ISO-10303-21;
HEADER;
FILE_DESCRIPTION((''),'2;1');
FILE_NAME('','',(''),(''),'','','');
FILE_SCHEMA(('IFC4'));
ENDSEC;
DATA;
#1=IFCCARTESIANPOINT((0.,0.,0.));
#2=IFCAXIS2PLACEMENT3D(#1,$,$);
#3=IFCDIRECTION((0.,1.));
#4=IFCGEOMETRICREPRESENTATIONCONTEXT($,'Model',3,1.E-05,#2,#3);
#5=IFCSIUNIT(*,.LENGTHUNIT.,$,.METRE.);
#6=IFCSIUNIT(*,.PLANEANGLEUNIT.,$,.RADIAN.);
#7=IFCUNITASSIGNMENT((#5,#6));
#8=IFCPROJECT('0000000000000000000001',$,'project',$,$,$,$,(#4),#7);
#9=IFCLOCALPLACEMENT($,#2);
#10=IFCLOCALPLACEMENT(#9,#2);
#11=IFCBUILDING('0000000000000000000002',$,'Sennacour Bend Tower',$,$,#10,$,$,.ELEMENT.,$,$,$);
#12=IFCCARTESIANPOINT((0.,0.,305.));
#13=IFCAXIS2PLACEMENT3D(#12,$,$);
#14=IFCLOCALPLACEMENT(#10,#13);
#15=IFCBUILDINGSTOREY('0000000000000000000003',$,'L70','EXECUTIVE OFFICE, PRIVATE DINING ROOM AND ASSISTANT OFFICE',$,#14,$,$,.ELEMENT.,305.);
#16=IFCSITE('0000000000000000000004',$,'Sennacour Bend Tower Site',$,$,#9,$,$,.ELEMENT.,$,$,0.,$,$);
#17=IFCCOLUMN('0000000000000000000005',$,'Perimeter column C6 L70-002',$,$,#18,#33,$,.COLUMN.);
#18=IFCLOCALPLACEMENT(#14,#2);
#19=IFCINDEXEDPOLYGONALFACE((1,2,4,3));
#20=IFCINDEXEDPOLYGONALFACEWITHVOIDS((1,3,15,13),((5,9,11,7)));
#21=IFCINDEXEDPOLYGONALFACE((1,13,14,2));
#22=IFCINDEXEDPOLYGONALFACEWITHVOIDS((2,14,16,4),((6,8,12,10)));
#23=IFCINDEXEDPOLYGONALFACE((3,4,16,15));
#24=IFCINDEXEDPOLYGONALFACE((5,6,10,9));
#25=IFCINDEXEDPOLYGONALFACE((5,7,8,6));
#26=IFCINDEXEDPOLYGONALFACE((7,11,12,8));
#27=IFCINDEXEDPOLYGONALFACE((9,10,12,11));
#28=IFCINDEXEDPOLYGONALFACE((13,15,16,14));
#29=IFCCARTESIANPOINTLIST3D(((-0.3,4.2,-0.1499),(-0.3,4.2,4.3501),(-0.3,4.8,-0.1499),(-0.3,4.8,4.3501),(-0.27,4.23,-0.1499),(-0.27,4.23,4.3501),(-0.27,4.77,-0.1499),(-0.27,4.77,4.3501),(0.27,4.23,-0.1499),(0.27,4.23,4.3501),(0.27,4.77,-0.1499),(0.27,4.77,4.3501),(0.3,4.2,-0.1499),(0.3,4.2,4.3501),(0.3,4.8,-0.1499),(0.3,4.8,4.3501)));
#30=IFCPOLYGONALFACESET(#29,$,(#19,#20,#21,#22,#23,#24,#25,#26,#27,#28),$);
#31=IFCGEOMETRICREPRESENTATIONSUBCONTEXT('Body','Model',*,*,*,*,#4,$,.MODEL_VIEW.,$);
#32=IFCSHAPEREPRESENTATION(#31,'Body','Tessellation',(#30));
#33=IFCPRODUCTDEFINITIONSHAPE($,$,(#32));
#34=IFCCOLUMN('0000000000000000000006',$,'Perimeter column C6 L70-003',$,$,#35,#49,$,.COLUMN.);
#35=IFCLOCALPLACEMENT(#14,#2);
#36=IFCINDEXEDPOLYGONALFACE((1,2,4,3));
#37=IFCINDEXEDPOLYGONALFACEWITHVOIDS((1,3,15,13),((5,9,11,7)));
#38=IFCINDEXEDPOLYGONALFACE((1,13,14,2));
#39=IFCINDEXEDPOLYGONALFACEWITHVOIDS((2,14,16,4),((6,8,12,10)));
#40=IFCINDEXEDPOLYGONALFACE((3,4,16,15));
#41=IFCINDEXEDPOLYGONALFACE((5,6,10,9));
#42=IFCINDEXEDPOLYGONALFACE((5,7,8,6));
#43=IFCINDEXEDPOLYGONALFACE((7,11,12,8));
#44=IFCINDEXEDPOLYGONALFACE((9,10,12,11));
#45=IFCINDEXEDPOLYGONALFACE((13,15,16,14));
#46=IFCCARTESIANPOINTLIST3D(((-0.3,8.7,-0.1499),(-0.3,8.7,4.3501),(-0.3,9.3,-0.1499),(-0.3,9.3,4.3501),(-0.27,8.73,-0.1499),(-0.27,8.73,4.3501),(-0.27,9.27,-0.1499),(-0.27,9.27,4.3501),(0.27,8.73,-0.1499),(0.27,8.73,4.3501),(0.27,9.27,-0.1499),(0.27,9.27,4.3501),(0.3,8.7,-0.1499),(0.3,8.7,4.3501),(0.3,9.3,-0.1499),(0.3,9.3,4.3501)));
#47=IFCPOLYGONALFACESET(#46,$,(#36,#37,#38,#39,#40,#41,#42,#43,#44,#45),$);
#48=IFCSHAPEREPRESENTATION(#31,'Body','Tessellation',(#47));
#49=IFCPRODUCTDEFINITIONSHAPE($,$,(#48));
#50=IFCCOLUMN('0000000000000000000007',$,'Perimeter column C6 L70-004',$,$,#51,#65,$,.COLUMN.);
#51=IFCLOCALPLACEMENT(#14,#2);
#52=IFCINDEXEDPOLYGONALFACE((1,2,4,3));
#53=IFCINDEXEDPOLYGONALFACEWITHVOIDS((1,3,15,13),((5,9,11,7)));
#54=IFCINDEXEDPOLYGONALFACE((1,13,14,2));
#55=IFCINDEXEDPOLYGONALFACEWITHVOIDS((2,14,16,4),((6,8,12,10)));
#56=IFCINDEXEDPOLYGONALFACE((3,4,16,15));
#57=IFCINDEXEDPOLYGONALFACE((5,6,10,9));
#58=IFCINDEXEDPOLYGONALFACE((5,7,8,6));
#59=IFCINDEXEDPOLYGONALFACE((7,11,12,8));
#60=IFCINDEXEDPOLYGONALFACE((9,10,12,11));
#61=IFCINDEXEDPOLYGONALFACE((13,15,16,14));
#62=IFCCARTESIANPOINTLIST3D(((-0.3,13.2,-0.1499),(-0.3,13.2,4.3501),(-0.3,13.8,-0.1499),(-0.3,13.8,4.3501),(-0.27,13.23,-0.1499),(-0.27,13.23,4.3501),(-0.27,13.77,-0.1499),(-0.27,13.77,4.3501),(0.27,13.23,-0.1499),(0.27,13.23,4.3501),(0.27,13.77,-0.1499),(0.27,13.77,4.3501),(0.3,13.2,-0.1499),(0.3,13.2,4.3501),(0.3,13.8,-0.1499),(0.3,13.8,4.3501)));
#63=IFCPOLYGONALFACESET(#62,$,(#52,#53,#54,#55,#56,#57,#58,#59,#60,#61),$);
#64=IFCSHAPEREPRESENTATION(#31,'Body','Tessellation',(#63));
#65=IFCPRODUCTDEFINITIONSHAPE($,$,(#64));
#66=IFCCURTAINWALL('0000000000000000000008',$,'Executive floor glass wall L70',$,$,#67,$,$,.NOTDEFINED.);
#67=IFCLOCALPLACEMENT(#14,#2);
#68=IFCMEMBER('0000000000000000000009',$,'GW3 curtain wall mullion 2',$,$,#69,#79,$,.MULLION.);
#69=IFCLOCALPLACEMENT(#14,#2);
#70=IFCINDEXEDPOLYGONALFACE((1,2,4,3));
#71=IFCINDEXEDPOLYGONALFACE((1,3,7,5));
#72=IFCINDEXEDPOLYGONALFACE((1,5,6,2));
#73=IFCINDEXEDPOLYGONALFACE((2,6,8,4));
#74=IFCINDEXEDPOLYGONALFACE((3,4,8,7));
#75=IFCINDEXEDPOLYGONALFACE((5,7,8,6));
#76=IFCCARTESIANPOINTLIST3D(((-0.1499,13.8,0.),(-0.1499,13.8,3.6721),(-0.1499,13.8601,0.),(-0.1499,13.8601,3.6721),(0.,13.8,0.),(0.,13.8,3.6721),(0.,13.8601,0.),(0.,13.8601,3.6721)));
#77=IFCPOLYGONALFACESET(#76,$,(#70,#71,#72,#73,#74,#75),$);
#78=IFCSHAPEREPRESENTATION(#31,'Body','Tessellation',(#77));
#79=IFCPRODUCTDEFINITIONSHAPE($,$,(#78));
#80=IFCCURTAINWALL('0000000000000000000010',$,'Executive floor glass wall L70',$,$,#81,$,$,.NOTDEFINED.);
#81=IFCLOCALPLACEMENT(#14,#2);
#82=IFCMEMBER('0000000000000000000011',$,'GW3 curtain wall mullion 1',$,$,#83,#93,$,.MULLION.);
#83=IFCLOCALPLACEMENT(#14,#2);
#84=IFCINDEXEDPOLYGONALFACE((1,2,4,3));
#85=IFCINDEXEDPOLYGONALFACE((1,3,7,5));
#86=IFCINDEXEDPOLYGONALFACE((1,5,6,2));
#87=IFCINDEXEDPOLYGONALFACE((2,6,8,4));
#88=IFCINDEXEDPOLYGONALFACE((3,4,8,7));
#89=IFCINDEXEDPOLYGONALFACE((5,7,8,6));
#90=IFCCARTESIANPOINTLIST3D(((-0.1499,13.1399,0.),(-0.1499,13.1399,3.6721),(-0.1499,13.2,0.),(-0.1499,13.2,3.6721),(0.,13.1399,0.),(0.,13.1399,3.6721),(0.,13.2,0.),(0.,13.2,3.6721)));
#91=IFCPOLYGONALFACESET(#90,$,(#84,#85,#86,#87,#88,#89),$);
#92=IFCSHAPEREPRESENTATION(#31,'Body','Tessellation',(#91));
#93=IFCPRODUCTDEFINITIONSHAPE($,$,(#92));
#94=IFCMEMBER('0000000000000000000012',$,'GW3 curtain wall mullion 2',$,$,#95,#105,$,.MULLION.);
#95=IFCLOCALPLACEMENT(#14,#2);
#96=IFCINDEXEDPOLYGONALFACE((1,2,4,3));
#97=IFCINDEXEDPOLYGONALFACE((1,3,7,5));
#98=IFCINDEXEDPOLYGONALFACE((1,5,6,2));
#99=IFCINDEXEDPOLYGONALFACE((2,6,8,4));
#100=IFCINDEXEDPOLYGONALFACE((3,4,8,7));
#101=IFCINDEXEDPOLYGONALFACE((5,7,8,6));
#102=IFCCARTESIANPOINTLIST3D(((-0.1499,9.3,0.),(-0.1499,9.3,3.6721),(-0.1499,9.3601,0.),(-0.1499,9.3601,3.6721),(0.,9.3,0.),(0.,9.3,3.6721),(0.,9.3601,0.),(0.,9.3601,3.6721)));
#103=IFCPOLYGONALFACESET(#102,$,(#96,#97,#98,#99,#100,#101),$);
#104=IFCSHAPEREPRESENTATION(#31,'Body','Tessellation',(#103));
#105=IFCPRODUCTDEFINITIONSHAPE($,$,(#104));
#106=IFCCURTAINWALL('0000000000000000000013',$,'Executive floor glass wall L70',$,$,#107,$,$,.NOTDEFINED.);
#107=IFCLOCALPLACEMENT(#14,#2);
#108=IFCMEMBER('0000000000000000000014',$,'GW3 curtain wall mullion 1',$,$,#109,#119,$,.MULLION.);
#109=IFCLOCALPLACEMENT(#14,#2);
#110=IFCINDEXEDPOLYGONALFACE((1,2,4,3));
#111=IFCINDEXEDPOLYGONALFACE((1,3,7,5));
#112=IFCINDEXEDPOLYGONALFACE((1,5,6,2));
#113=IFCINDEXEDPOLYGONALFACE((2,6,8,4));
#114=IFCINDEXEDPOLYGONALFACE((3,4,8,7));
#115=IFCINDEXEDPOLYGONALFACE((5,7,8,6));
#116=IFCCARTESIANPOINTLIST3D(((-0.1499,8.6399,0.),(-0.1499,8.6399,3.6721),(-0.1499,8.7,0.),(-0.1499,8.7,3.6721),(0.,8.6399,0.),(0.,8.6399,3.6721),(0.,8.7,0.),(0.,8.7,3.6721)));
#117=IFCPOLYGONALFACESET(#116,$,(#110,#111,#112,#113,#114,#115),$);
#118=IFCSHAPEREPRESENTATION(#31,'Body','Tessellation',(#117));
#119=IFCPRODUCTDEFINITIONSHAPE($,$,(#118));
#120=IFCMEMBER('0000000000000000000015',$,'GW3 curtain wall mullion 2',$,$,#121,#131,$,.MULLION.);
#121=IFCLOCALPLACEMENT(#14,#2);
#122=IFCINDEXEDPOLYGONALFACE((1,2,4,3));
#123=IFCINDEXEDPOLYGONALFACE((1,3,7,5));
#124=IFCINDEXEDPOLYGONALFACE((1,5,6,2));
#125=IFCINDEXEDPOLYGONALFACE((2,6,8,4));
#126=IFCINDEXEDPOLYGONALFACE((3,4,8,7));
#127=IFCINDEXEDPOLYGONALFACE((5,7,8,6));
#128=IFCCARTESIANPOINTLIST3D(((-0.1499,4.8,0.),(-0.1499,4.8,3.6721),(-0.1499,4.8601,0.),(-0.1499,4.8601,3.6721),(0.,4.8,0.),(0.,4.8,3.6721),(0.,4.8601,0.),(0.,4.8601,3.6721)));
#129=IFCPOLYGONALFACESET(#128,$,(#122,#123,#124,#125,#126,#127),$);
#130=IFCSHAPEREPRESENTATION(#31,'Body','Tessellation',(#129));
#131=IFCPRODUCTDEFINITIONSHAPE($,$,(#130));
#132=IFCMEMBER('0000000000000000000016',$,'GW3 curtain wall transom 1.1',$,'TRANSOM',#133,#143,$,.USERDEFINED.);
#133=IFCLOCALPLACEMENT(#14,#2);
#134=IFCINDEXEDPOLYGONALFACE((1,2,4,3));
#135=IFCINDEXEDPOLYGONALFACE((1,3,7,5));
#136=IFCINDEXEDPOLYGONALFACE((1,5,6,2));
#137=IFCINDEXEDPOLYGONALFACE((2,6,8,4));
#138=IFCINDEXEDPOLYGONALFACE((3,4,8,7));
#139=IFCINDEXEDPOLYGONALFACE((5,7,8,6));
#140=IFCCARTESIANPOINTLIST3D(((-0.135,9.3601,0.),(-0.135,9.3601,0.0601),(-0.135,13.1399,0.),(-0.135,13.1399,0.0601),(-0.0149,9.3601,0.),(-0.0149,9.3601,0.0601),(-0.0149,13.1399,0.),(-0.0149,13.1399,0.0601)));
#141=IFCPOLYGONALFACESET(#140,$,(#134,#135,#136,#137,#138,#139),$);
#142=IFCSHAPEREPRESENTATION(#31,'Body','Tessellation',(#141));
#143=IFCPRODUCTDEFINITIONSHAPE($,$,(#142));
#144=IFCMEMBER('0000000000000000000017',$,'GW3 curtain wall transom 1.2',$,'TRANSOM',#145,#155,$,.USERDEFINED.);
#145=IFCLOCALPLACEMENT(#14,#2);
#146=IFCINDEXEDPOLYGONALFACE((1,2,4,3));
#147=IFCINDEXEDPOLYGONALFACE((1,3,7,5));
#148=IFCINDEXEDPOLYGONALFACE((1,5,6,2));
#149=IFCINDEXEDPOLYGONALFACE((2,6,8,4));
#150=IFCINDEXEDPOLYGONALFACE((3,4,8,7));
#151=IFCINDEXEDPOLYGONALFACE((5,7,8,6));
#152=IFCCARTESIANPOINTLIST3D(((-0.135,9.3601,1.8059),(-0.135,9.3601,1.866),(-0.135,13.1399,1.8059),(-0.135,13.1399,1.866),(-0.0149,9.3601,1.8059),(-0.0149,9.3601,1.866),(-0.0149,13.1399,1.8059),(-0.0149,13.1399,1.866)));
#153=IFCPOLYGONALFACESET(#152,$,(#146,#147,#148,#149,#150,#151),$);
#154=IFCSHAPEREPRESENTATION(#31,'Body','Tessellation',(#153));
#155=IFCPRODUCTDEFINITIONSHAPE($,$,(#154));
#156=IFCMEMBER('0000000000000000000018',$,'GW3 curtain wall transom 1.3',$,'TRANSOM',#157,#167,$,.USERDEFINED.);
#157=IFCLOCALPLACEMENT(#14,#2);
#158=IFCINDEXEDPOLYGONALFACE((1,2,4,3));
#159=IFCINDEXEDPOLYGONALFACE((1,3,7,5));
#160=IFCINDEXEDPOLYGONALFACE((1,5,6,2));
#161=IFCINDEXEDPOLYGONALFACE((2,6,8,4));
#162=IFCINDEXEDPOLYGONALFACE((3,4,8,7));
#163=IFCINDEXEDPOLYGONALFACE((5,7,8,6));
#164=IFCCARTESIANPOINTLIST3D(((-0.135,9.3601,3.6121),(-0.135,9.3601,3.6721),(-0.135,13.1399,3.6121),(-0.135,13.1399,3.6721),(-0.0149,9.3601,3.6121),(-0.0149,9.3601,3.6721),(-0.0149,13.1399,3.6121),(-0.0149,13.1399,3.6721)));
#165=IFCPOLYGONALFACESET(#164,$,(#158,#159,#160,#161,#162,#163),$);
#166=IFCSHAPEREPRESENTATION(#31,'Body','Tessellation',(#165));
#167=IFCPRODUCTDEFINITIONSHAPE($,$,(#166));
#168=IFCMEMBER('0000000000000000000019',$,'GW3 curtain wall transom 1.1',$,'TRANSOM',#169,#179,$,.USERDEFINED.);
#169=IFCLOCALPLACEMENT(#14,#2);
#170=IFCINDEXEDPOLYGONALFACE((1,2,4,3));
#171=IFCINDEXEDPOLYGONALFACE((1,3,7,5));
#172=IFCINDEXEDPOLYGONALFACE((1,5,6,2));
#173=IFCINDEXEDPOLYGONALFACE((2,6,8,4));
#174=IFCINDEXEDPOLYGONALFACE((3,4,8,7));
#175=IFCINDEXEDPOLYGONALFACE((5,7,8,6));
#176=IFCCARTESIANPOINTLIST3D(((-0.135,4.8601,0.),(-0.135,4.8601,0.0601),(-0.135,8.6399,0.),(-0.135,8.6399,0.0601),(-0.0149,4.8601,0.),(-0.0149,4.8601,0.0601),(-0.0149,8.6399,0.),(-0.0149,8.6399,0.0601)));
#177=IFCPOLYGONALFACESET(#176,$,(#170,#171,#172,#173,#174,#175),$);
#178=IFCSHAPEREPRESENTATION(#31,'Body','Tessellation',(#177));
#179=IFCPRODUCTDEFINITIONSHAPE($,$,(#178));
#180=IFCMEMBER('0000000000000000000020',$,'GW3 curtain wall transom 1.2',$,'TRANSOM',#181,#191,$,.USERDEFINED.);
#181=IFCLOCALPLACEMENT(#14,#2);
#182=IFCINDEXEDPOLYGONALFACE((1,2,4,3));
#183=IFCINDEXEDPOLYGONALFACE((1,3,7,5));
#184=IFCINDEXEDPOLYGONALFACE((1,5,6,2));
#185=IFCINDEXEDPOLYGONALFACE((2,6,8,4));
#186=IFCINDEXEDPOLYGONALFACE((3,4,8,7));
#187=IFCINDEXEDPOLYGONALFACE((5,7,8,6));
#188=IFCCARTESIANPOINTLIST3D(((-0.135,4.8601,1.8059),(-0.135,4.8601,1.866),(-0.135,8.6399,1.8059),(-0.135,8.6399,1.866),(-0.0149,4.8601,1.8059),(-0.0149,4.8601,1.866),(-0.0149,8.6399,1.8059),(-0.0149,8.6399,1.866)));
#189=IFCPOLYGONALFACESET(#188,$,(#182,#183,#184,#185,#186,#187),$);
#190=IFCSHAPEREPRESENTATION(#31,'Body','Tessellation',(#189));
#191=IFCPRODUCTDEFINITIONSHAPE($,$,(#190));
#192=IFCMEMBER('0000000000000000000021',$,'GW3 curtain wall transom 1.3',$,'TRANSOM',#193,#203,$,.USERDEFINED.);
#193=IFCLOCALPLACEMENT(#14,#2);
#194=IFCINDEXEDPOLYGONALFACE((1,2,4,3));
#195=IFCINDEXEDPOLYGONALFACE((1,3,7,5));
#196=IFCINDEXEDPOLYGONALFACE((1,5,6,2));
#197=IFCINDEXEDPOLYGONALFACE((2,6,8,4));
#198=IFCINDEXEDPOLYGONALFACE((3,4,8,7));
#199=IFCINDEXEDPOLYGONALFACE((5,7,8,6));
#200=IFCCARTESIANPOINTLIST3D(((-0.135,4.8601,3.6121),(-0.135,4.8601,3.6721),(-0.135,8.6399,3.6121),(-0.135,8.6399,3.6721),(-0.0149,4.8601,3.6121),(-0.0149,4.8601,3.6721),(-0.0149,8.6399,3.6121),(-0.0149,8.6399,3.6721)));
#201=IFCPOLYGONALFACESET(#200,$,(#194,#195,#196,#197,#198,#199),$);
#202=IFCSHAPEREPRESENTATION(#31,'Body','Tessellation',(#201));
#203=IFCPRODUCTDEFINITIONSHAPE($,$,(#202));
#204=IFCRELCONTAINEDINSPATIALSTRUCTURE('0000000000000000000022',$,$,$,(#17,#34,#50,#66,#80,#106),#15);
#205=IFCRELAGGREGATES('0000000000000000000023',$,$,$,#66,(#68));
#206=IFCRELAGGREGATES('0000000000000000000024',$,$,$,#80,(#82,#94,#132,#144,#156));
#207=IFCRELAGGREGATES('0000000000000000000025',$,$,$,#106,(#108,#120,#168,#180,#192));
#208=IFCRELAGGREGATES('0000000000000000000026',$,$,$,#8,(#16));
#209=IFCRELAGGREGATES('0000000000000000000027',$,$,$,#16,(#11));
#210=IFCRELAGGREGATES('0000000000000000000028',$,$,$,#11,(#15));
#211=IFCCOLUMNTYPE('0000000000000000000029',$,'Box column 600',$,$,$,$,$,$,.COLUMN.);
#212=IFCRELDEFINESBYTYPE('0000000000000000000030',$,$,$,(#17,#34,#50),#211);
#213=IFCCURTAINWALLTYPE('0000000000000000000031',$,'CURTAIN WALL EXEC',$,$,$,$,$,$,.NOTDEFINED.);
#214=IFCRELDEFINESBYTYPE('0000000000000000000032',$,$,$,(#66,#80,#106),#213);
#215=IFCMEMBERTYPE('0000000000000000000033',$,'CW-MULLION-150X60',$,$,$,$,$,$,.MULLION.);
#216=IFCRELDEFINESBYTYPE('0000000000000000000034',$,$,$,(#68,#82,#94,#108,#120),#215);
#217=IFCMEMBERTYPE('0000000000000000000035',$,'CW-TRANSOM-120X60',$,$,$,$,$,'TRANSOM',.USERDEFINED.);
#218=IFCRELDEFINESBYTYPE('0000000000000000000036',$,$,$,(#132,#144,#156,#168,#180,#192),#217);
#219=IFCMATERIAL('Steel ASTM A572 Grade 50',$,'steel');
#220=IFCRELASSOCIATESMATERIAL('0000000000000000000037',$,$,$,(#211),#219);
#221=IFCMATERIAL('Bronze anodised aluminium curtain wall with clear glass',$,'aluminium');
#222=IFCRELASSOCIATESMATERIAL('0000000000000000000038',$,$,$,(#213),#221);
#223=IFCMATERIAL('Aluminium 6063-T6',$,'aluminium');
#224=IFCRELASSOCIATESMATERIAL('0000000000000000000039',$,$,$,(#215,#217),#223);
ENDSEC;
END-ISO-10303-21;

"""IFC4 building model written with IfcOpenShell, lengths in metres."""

from ifc_helpers import new_model, si_unit, direction, frame, origin, origin_2d, place, context, subcontext, project, spatial, rectangle, hollow_rectangle, extrude, material, material_profile, profile_set, type_object, element, aggregate, save


model = new_model("IFC4")

# Units and contexts
model_context = context("Model", 3, precision=1e-05, world=origin(), true_north=direction((0.0, 1.0)))
body_context = subcontext(model_context, "Body", "Model", "MODEL_VIEW")
ifc_project = project(units=[si_unit("LENGTHUNIT", "METRE"), si_unit("PLANEANGLEUNIT", "RADIAN")], contexts=[model_context])

# Site, building, storey
site_placement = place(None, origin())
site = spatial("IfcSite", under=ifc_project, at=site_placement, Name="Sennacour Bend Tower Site", CompositionType="ELEMENT", RefElevation=0.0)
building_placement = place(site_placement, origin())
building = spatial("IfcBuilding", under=site, at=building_placement, Name="Sennacour Bend Tower", CompositionType="ELEMENT")
storey_placement = place(building_placement, frame((0.0, 0.0, 305.0)))
storey = spatial("IfcBuildingStorey", under=building, at=storey_placement, Name="L70", Description="EXECUTIVE OFFICE, PRIVATE DINING ROOM AND ASSISTANT OFFICE", CompositionType="ELEMENT", Elevation=305.0)

# Columns
ifc_material_1 = material(Name="Steel ASTM A572 Grade 50", Category="steel")
ifc_material_profile_1 = material_profile(ifc_material_1, hollow_rectangle(XDim=0.6001, YDim=0.6001, WallThickness=0.03, at=origin_2d()), Name="Steel ASTM A572 Grade 50", Category="steel")
ifc_profile_set_1 = profile_set([ifc_material_profile_1], Name="Steel ASTM A572 Grade 50")
column_type = type_object("IfcColumnType", Name="Box column 600", PredefinedType="COLUMN", material=ifc_profile_set_1)
for number, where, z_axis, x_axis, name in (
    (1, (0.0, 4.5, -0.1499), (0.0, 0.0, 1.0), (1.0, 0.0, 0.0), "Perimeter column C6 L70-002"),
    (2, (0.0, 9.0, -0.1499), (0.0, 0.0, 1.0), (1.0, 0.0, 0.0), "Perimeter column C6 L70-003"),
    (3, (0.0, 13.5, -0.1499), (0.0, 0.0, 1.0), (1.0, 0.0, 0.0), "Perimeter column C6 L70-004"),
):
    element("IfcColumn", number, at=place(storey_placement, frame(where, z_axis=z_axis, x_axis=x_axis)), inside=storey, type_object=column_type, Name=name, PredefinedType="COLUMN", context=body_context, shape_type="SweptSolid", body=[
        extrude(hollow_rectangle(XDim=0.6001, YDim=0.6001, WallThickness=0.03, at=origin_2d()), origin(), (0.0, 0.0, 1.0), 4.5),
    ])

# Curtain wall, member
ifc_material_2 = material(Name="Bronze anodised aluminium curtain wall with clear glass", Category="aluminium")
curtain_wall_type = type_object("IfcCurtainWallType", Name="CURTAIN WALL EXEC", PredefinedType="NOTDEFINED", material=ifc_material_2)
curtain_wall_1_placement = place(storey_placement, origin())
curtain_wall_1 = element("IfcCurtainWall", 4, at=curtain_wall_1_placement, inside=storey, type_object=curtain_wall_type, Name="Executive floor glass wall L70", PredefinedType="NOTDEFINED")
ifc_material_3 = material(Name="Aluminium 6063-T6", Category="aluminium")
ifc_material_profile_2 = material_profile(ifc_material_3, rectangle(XDim=0.1499, YDim=0.0601, at=origin_2d()), Name="Aluminium 6063-T6", Category="aluminium")
ifc_profile_set_2 = profile_set([ifc_material_profile_2], Name="Aluminium 6063-T6")
member_type_1 = type_object("IfcMemberType", Name="CW-MULLION-150X60", PredefinedType="MULLION", material=ifc_profile_set_2)
member_1_placement = place(storey_placement, frame((-0.075, 13.8301, 0.0), z_axis=(0.0, 0.0, 1.0), x_axis=(1.0, 0.0, 0.0)))
member_1 = element("IfcMember", 5, at=member_1_placement, type_object=member_type_1, Name="GW3 curtain wall mullion 2", PredefinedType="MULLION", context=body_context, shape_type="SweptSolid", body=[
    extrude(rectangle(XDim=0.1499, YDim=0.0601, at=origin_2d()), origin(), (0.0, 0.0, 1.0), 3.6721),
])

# Curtain walls, members
curtain_wall_2_placement = place(storey_placement, origin())
curtain_wall_2 = element("IfcCurtainWall", 6, at=curtain_wall_2_placement, inside=storey, type_object=curtain_wall_type, Name="Executive floor glass wall L70", PredefinedType="NOTDEFINED")
member_2_placement = place(storey_placement, frame((-0.075, 13.1699, 0.0), z_axis=(0.0, 0.0, 1.0), x_axis=(1.0, 0.0, 0.0)))
member_2 = element("IfcMember", 7, at=member_2_placement, type_object=member_type_1, Name="GW3 curtain wall mullion 1", PredefinedType="MULLION", context=body_context, shape_type="SweptSolid", body=[
    extrude(rectangle(XDim=0.1499, YDim=0.0601, at=origin_2d()), origin(), (0.0, 0.0, 1.0), 3.6721),
])
member_3_placement = place(storey_placement, frame((-0.075, 9.3301, 0.0), z_axis=(0.0, 0.0, 1.0), x_axis=(1.0, 0.0, 0.0)))
member_3 = element("IfcMember", 8, at=member_3_placement, type_object=member_type_1, Name="GW3 curtain wall mullion 2", PredefinedType="MULLION", context=body_context, shape_type="SweptSolid", body=[
    extrude(rectangle(XDim=0.1499, YDim=0.0601, at=origin_2d()), origin(), (0.0, 0.0, 1.0), 3.6721),
])
curtain_wall_3_placement = place(storey_placement, origin())
curtain_wall_3 = element("IfcCurtainWall", 9, at=curtain_wall_3_placement, inside=storey, type_object=curtain_wall_type, Name="Executive floor glass wall L70", PredefinedType="NOTDEFINED")
member_4_placement = place(storey_placement, frame((-0.075, 8.6699, 0.0), z_axis=(0.0, 0.0, 1.0), x_axis=(1.0, 0.0, 0.0)))
member_4 = element("IfcMember", 10, at=member_4_placement, type_object=member_type_1, Name="GW3 curtain wall mullion 1", PredefinedType="MULLION", context=body_context, shape_type="SweptSolid", body=[
    extrude(rectangle(XDim=0.1499, YDim=0.0601, at=origin_2d()), origin(), (0.0, 0.0, 1.0), 3.6721),
])
member_5_placement = place(storey_placement, frame((-0.075, 4.8301, 0.0), z_axis=(0.0, 0.0, 1.0), x_axis=(1.0, 0.0, 0.0)))
member_5 = element("IfcMember", 11, at=member_5_placement, type_object=member_type_1, Name="GW3 curtain wall mullion 2", PredefinedType="MULLION", context=body_context, shape_type="SweptSolid", body=[
    extrude(rectangle(XDim=0.1499, YDim=0.0601, at=origin_2d()), origin(), (0.0, 0.0, 1.0), 3.6721),
])

# Members
ifc_material_profile_3 = material_profile(ifc_material_3, rectangle(XDim=0.1201, YDim=0.0601, at=origin_2d()), Name="Aluminium 6063-T6", Category="aluminium")
ifc_profile_set_3 = profile_set([ifc_material_profile_3], Name="Aluminium 6063-T6")
member_type_2 = type_object("IfcMemberType", Name="CW-TRANSOM-120X60", ElementType="TRANSOM", PredefinedType="USERDEFINED", material=ifc_profile_set_3)
member_6_placement = place(storey_placement, frame((-0.075, 13.1399, 0.03), z_axis=(0.0, -1.0, 0.0), x_axis=(1.0, 0.0, 0.0)))
member_6 = element("IfcMember", 12, at=member_6_placement, type_object=member_type_2, Name="GW3 curtain wall transom 1.1", ObjectType="TRANSOM", PredefinedType="USERDEFINED", context=body_context, shape_type="SweptSolid", body=[
    extrude(rectangle(XDim=0.1201, YDim=0.0601, at=origin_2d()), origin(), (0.0, 0.0, 1.0), 3.7798),
])
member_7_placement = place(storey_placement, frame((-0.075, 13.1399, 1.8359), z_axis=(0.0, -1.0, 0.0), x_axis=(1.0, 0.0, 0.0)))
member_7 = element("IfcMember", 13, at=member_7_placement, type_object=member_type_2, Name="GW3 curtain wall transom 1.2", ObjectType="TRANSOM", PredefinedType="USERDEFINED", context=body_context, shape_type="SweptSolid", body=[
    extrude(rectangle(XDim=0.1201, YDim=0.0601, at=origin_2d()), origin(), (0.0, 0.0, 1.0), 3.7798),
])
member_8_placement = place(storey_placement, frame((-0.075, 13.1399, 3.6421), z_axis=(0.0, -1.0, 0.0), x_axis=(1.0, 0.0, 0.0)))
member_8 = element("IfcMember", 14, at=member_8_placement, type_object=member_type_2, Name="GW3 curtain wall transom 1.3", ObjectType="TRANSOM", PredefinedType="USERDEFINED", context=body_context, shape_type="SweptSolid", body=[
    extrude(rectangle(XDim=0.1201, YDim=0.0601, at=origin_2d()), origin(), (0.0, 0.0, 1.0), 3.7798),
])
member_9_placement = place(storey_placement, frame((-0.075, 8.6399, 0.03), z_axis=(0.0, -1.0, 0.0), x_axis=(1.0, 0.0, 0.0)))
member_9 = element("IfcMember", 15, at=member_9_placement, type_object=member_type_2, Name="GW3 curtain wall transom 1.1", ObjectType="TRANSOM", PredefinedType="USERDEFINED", context=body_context, shape_type="SweptSolid", body=[
    extrude(rectangle(XDim=0.1201, YDim=0.0601, at=origin_2d()), origin(), (0.0, 0.0, 1.0), 3.7798),
])
member_10_placement = place(storey_placement, frame((-0.075, 8.6399, 1.8359), z_axis=(0.0, -1.0, 0.0), x_axis=(1.0, 0.0, 0.0)))
member_10 = element("IfcMember", 16, at=member_10_placement, type_object=member_type_2, Name="GW3 curtain wall transom 1.2", ObjectType="TRANSOM", PredefinedType="USERDEFINED", context=body_context, shape_type="SweptSolid", body=[
    extrude(rectangle(XDim=0.1201, YDim=0.0601, at=origin_2d()), origin(), (0.0, 0.0, 1.0), 3.7798),
])
member_11_placement = place(storey_placement, frame((-0.075, 8.6399, 3.6421), z_axis=(0.0, -1.0, 0.0), x_axis=(1.0, 0.0, 0.0)))
member_11 = element("IfcMember", 17, at=member_11_placement, type_object=member_type_2, Name="GW3 curtain wall transom 1.3", ObjectType="TRANSOM", PredefinedType="USERDEFINED", context=body_context, shape_type="SweptSolid", body=[
    extrude(rectangle(XDim=0.1201, YDim=0.0601, at=origin_2d()), origin(), (0.0, 0.0, 1.0), 3.7798),
])

aggregate(curtain_wall_1, [member_1])
aggregate(curtain_wall_2, [member_2, member_3, member_6, member_7, member_8])
aggregate(curtain_wall_3, [member_4, member_5, member_9, member_10, member_11])

save(model, "model.ifc")
